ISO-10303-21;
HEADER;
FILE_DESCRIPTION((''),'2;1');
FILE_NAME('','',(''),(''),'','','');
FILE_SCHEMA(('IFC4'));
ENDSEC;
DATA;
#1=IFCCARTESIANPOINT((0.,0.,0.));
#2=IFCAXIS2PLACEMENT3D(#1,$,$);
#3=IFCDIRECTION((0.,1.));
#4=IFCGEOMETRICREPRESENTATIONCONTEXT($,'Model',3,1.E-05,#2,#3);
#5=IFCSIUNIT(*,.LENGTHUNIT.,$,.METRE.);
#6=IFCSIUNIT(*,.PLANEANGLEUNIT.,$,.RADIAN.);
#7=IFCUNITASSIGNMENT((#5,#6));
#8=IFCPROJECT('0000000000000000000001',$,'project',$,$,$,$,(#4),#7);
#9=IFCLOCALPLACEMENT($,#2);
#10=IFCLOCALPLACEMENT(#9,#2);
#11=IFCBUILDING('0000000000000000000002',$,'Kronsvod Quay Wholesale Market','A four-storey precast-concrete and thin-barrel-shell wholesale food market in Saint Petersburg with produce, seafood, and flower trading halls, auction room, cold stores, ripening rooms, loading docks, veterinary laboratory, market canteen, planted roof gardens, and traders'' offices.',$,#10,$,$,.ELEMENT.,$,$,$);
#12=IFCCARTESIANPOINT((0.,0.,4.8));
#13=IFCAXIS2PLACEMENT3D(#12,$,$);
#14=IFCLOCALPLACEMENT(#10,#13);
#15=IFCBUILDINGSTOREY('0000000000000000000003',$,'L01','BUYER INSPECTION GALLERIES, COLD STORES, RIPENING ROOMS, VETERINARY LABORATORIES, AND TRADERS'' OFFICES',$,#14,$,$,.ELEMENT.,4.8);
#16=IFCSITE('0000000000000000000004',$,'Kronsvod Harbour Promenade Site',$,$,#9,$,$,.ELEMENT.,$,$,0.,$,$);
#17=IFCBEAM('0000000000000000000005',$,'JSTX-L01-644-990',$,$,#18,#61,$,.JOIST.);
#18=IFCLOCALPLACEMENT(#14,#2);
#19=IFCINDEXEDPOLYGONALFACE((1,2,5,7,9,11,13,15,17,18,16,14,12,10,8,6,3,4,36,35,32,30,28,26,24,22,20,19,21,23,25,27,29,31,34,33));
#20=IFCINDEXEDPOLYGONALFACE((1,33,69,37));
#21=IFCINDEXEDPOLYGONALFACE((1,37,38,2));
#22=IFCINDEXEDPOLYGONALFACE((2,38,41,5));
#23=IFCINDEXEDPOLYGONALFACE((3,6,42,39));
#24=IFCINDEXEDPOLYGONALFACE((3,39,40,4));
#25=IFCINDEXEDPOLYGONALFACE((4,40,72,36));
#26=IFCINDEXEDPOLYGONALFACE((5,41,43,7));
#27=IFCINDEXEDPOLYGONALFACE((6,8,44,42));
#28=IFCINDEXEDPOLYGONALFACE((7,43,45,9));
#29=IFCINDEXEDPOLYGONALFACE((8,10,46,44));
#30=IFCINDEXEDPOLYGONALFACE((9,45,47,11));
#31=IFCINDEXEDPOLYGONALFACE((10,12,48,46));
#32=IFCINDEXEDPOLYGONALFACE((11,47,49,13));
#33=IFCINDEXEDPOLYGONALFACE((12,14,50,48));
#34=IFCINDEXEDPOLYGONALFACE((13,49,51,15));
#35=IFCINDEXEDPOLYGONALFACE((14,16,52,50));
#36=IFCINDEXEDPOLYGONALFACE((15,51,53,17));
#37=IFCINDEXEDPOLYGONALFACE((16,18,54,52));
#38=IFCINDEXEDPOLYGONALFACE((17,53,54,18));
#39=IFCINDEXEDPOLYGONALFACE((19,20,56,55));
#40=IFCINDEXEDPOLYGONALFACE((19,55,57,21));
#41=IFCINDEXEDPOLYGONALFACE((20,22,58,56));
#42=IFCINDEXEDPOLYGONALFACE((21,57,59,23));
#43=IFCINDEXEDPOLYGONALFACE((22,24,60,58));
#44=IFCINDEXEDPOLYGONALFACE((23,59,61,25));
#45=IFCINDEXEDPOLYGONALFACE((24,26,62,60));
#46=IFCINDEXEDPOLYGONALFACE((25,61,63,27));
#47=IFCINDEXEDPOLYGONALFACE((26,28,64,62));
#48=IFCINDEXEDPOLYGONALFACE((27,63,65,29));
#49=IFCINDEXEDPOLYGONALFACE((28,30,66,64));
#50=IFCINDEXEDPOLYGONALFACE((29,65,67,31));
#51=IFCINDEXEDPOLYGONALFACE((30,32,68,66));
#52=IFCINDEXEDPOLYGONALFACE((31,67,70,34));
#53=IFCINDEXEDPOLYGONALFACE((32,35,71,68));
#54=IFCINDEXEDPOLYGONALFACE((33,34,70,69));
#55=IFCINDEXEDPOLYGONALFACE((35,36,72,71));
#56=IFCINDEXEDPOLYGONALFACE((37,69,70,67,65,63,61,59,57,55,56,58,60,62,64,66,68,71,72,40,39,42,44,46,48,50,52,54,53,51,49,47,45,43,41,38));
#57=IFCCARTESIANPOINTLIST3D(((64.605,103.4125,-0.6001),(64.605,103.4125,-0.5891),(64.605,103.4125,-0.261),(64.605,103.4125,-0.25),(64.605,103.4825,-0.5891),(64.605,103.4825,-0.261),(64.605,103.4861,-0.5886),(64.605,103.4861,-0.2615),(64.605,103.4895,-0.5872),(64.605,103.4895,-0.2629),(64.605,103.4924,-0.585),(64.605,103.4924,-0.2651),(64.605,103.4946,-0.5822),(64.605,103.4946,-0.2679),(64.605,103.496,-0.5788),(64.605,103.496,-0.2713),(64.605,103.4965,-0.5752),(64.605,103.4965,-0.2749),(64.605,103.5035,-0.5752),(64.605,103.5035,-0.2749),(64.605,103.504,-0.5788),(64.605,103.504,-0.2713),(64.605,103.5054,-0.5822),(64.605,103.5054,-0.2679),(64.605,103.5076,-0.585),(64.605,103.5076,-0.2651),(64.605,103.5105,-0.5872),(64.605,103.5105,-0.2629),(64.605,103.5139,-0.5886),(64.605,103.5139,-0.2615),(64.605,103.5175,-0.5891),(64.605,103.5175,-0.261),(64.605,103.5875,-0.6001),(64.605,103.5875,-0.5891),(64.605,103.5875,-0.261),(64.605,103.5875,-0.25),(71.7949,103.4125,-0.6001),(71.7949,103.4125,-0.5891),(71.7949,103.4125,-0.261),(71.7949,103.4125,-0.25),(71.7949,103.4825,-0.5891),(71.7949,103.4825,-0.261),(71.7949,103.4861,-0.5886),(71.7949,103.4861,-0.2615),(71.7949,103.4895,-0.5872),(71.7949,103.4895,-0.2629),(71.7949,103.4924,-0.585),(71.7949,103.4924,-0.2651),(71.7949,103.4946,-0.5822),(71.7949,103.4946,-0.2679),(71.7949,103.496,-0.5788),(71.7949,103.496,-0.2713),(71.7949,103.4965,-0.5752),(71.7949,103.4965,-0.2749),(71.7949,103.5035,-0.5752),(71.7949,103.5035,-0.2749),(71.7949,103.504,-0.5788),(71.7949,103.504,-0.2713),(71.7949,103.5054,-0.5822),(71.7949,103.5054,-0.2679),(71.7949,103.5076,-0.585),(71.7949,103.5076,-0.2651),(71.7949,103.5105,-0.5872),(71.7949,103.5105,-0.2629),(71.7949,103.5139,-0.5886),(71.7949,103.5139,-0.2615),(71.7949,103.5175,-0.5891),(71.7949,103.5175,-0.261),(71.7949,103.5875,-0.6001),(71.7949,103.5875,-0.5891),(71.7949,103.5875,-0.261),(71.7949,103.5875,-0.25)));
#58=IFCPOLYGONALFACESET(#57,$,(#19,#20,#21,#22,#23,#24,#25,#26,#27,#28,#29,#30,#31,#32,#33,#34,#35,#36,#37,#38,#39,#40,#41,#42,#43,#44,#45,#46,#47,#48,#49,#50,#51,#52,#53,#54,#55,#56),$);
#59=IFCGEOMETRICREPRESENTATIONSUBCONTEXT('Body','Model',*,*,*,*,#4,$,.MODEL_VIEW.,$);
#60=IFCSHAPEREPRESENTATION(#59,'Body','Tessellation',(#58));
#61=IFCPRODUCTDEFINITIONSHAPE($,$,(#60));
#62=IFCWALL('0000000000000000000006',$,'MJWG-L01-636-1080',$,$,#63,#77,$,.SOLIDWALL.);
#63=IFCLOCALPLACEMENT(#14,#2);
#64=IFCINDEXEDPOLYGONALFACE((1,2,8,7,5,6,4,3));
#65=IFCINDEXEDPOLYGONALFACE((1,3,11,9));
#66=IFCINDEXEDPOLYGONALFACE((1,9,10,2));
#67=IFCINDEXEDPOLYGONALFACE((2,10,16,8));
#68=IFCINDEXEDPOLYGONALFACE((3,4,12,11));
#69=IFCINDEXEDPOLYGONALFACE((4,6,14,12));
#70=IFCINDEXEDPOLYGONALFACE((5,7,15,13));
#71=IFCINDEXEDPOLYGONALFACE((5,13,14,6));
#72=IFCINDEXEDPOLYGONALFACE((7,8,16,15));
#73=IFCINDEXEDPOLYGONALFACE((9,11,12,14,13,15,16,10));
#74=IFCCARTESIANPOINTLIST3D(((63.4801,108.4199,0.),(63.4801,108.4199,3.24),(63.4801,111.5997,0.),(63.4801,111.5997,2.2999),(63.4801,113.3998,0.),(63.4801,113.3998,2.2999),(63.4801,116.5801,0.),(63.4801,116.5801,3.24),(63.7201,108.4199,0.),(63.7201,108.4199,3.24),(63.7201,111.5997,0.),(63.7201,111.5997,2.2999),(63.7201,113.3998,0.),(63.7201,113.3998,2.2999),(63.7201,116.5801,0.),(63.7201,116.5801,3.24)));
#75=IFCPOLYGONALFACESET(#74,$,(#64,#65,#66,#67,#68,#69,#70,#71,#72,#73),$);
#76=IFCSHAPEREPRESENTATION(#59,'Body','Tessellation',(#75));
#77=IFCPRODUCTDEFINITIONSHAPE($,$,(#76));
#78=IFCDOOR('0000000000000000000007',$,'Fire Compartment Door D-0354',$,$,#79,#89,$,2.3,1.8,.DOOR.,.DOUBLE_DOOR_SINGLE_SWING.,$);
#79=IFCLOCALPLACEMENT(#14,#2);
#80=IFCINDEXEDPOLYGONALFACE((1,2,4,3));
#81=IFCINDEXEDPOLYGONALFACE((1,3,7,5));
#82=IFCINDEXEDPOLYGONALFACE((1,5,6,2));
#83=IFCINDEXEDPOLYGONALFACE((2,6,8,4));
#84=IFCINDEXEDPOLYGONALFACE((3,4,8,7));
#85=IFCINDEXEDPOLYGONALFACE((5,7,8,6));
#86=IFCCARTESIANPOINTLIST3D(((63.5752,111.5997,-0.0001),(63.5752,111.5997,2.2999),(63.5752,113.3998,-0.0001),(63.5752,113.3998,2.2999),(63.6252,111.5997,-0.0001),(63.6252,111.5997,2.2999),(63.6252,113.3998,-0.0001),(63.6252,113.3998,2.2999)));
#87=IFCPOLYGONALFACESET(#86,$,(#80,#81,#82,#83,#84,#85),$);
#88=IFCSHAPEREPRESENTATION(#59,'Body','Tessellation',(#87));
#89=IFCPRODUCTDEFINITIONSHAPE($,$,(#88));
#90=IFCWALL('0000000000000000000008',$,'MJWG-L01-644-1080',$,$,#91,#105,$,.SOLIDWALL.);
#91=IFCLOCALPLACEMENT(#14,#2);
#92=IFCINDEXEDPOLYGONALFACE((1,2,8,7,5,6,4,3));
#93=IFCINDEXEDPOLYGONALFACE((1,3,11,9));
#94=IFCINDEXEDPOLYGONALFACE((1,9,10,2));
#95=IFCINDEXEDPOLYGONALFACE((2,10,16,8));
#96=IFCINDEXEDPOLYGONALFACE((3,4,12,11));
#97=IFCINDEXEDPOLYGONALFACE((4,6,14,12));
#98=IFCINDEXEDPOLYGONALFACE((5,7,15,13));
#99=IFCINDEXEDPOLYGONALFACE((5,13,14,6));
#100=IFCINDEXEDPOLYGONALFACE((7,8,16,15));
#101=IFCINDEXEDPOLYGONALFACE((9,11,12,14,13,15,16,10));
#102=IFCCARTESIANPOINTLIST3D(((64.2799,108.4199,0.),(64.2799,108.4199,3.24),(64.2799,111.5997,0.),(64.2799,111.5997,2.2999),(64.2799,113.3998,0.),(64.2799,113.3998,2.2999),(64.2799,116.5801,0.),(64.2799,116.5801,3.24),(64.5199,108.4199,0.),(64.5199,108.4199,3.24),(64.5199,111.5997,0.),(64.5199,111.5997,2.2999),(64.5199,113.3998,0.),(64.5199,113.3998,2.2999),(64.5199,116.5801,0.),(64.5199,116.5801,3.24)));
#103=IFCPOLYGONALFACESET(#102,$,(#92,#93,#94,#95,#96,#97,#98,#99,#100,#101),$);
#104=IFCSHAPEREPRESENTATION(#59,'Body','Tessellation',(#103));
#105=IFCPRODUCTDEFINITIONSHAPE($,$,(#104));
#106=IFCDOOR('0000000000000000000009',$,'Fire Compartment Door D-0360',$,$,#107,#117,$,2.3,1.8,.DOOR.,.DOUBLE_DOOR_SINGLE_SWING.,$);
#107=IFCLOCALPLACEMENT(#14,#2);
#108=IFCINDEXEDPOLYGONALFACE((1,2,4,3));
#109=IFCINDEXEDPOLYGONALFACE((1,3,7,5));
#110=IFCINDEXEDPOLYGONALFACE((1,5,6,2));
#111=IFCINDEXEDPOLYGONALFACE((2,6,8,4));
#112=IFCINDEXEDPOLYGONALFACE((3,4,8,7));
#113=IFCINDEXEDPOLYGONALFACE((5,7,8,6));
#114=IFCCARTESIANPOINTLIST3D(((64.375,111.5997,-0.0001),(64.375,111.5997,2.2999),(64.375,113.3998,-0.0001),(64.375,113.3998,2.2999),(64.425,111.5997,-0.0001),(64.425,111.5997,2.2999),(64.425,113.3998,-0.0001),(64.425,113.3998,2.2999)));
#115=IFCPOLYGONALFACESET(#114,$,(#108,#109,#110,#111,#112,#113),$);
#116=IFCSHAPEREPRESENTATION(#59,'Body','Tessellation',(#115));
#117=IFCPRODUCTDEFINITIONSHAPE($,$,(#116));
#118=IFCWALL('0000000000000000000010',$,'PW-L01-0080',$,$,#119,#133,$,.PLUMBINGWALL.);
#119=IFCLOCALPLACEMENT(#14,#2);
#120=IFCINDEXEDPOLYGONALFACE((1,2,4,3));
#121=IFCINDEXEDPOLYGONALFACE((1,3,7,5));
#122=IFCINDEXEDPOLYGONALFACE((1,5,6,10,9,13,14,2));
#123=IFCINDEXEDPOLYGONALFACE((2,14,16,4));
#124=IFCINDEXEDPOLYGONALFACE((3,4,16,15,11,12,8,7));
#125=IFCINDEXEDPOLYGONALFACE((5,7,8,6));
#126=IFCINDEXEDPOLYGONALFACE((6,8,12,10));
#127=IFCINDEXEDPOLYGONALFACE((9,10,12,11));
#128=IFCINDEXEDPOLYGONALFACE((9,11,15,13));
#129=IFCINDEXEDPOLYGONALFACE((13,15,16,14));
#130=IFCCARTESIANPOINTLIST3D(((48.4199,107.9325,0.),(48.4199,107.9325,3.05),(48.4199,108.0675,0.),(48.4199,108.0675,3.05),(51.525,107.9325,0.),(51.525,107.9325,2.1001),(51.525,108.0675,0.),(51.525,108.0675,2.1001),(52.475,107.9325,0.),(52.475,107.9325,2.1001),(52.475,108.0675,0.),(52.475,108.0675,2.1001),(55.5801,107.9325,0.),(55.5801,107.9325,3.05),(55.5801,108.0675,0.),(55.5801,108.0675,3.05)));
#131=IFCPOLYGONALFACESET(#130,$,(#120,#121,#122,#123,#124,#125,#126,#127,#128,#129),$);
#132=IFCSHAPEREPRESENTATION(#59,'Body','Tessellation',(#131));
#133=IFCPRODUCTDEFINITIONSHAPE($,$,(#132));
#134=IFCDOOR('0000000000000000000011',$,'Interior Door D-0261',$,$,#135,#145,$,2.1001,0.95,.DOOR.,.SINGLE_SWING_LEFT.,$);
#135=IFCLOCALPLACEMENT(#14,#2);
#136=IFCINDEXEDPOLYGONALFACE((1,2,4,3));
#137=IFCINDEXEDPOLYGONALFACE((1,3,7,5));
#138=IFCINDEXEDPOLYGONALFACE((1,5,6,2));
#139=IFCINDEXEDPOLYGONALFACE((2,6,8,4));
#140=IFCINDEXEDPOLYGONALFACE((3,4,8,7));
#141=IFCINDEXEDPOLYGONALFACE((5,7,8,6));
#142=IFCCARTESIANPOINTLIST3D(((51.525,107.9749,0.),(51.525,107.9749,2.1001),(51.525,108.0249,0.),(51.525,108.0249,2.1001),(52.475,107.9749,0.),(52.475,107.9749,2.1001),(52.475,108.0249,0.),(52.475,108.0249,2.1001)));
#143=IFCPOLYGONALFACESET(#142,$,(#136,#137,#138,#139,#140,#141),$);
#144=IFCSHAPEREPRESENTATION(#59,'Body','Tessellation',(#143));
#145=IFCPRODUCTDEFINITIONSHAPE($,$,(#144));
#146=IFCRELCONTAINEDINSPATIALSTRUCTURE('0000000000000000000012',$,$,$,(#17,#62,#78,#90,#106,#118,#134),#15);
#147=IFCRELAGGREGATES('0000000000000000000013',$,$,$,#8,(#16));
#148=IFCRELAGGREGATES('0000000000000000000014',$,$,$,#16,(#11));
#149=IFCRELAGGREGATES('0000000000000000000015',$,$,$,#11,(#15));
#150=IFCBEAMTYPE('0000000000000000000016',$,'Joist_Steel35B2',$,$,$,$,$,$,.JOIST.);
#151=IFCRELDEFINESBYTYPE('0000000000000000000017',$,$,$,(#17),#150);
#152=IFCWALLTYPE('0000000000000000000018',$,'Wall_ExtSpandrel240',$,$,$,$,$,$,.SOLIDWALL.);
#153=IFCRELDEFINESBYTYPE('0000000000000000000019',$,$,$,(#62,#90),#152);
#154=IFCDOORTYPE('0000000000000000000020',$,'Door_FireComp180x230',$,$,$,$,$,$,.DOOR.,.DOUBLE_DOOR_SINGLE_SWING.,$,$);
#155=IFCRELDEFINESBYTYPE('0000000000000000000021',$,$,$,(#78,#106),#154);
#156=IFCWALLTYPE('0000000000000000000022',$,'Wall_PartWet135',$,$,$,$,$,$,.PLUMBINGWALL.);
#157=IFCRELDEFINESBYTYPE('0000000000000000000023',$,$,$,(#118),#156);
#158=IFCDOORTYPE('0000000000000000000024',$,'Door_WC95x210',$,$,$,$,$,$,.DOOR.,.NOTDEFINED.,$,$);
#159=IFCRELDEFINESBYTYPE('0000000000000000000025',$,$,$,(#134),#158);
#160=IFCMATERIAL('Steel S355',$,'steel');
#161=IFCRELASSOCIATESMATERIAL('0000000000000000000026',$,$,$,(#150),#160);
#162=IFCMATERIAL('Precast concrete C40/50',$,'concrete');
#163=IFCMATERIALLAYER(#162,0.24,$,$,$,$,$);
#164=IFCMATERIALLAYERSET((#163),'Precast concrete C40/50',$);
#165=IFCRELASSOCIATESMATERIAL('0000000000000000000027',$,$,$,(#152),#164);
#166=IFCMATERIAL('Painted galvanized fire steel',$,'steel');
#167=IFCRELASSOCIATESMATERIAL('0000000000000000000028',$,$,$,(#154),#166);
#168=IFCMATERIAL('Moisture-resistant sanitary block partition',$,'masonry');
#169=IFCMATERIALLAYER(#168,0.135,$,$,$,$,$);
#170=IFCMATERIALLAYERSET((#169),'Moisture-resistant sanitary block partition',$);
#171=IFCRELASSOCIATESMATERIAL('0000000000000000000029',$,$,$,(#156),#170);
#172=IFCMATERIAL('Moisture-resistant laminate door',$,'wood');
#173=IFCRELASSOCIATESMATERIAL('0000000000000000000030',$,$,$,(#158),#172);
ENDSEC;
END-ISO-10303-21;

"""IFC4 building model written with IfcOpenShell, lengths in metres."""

from ifc_helpers import new_model, si_unit, direction, frame, frame_2d, origin, origin_2d, place, context, subcontext, project, spatial, rectangle, i_section, extrude, material, layer, layer_set, material_profile, profile_set, type_object, element, fill, save


model = new_model("IFC4")

# Units and contexts
model_context = context("Model", 3, precision=1e-05, world=origin(), true_north=direction((0.0, 1.0)))
body_context = subcontext(model_context, "Body", "Model", "MODEL_VIEW")
ifc_project = project(units=[si_unit("LENGTHUNIT", "METRE"), si_unit("PLANEANGLEUNIT", "RADIAN")], contexts=[model_context])

# Site, building, storey
site_placement = place(None, origin())
site = spatial("IfcSite", under=ifc_project, at=site_placement, Name="Kronsvod Harbour Promenade Site", CompositionType="ELEMENT", RefElevation=0.0)
building_placement = place(site_placement, origin())
building = spatial("IfcBuilding", under=site, at=building_placement, Name="Kronsvod Quay Wholesale Market", Description="A four-storey precast-concrete and thin-barrel-shell wholesale food market in Saint Petersburg with produce, seafood, and flower trading halls, auction room, cold stores, ripening rooms, loading docks, veterinary laboratory, market canteen, planted roof gardens, and traders' offices.", CompositionType="ELEMENT")
storey_placement = place(building_placement, frame((0.0, 0.0, 4.8)))
storey = spatial("IfcBuildingStorey", under=building, at=storey_placement, Name="L01", Description="BUYER INSPECTION GALLERIES, COLD STORES, RIPENING ROOMS, VETERINARY LABORATORIES, AND TRADERS' OFFICES", CompositionType="ELEMENT", Elevation=4.8)

# Beam
ifc_material_1 = material(Name="Steel S355", Category="steel")
ifc_material_profile_1 = material_profile(ifc_material_1, i_section(OverallWidth=0.175, OverallDepth=0.3501, WebThickness=0.0071, FlangeThickness=0.011, FilletRadius=0.0139, at=origin_2d()), Name="35B2")
ifc_profile_set_1 = profile_set([ifc_material_profile_1], Name="Steel S355")
beam_type_1 = type_object("IfcBeamType", Name="Joist_Steel35B2", PredefinedType="JOIST", material=ifc_profile_set_1)
beam_1_placement = place(storey_placement, frame((64.605, 103.5, -0.425), z_axis=(1.0, 0.0, 0.0), x_axis=(0.0, 1.0, 0.0)))
element("IfcBeam", 1, at=beam_1_placement, inside=storey, type_object=beam_type_1, Name="JSTX-L01-644-990", PredefinedType="JOIST", context=body_context, shape_type="SweptSolid", body=[
    extrude(i_section(OverallWidth=0.175, OverallDepth=0.3501, WebThickness=0.0071, FlangeThickness=0.011, FilletRadius=0.0139, at=origin_2d()), origin(), (0.0, 0.0, 1.0), 7.1899),
])

# Walls, openings, doors
ifc_material_2 = material(Name="Precast concrete C40/50", Category="concrete")
ifc_layer_1 = layer(ifc_material_2, 0.24)
ifc_layer_set_1 = layer_set([ifc_layer_1], Name="Precast concrete C40/50")
wall_type_1 = type_object("IfcWallType", Name="Wall_ExtSpandrel240", PredefinedType="SOLIDWALL", material=ifc_layer_set_1)
wall_1_placement = place(storey_placement, frame((63.6001, 108.4199, 0.0), z_axis=(0.0, 0.0, 1.0), x_axis=(0.0, 1.0, 0.0)))
wall_1 = element("IfcWall", 2, at=wall_1_placement, inside=storey, type_object=wall_type_1, Name="MJWG-L01-636-1080", PredefinedType="SOLIDWALL", context=body_context, shape_type="SweptSolid", body=[
    extrude(rectangle(XDim=8.1602, YDim=0.24, at=frame_2d((4.0801, 0.0))), origin(), (0.0, 0.0, 1.0), 3.24),
])
opening_1_placement = place(wall_1_placement, frame((3.1799, 0.0, 0.0)))
opening_1 = element("IfcOpeningElement", 3, at=opening_1_placement, cuts=wall_1, PredefinedType="OPENING", context=body_context, shape_type="SweptSolid", body=[
    extrude(rectangle(XDim=1.8, YDim=2.3, at=frame_2d((0.8999, 1.1499))), frame((0.0, 0.1299, 0.0), z_axis=(0.0, -1.0, 0.0), x_axis=(1.0, 0.0, 0.0)), (0.0, 0.0, 1.0), 0.26),
])
ifc_material_3 = material(Name="Painted galvanized fire steel", Category="steel")
door_type_1 = type_object("IfcDoorType", Name="Door_FireComp180x230", OperationType="DOUBLE_DOOR_SINGLE_SWING", PredefinedType="DOOR", material=ifc_material_3)
door_1_placement = place(opening_1_placement, origin())
door_1 = element("IfcDoor", 4, at=door_1_placement, inside=storey, type_object=door_type_1, Name="Fire Compartment Door D-0354", OperationType="DOUBLE_DOOR_SINGLE_SWING", OverallHeight=2.3, OverallWidth=1.8, PredefinedType="DOOR", context=body_context, shape_type="SweptSolid", body=[
    extrude(rectangle(XDim=1.8, YDim=2.3, at=frame_2d((0.8999, 1.1499))), frame((0.0, 0.0249, 0.0), z_axis=(0.0, -1.0, 0.0), x_axis=(1.0, 0.0, 0.0)), (0.0, 0.0, 1.0), 0.05),
])
fill(opening_1, door_1)
wall_2_placement = place(storey_placement, frame((64.3999, 108.4199, 0.0), z_axis=(0.0, 0.0, 1.0), x_axis=(0.0, 1.0, 0.0)))
wall_2 = element("IfcWall", 5, at=wall_2_placement, inside=storey, type_object=wall_type_1, Name="MJWG-L01-644-1080", PredefinedType="SOLIDWALL", context=body_context, shape_type="SweptSolid", body=[
    extrude(rectangle(XDim=8.1602, YDim=0.24, at=frame_2d((4.0801, 0.0))), origin(), (0.0, 0.0, 1.0), 3.24),
])
opening_2_placement = place(wall_2_placement, frame((3.1799, 0.0, 0.0)))
opening_2 = element("IfcOpeningElement", 6, at=opening_2_placement, cuts=wall_2, PredefinedType="OPENING", context=body_context, shape_type="SweptSolid", body=[
    extrude(rectangle(XDim=1.8, YDim=2.3, at=frame_2d((0.8999, 1.1499))), frame((0.0, 0.1299, 0.0), z_axis=(0.0, -1.0, 0.0), x_axis=(1.0, 0.0, 0.0)), (0.0, 0.0, 1.0), 0.26),
])
door_2_placement = place(opening_2_placement, origin())
door_2 = element("IfcDoor", 7, at=door_2_placement, inside=storey, type_object=door_type_1, Name="Fire Compartment Door D-0360", OperationType="DOUBLE_DOOR_SINGLE_SWING", OverallHeight=2.3, OverallWidth=1.8, PredefinedType="DOOR", context=body_context, shape_type="SweptSolid", body=[
    extrude(rectangle(XDim=1.8, YDim=2.3, at=frame_2d((0.8999, 1.1499))), frame((0.0, 0.0249, 0.0), z_axis=(0.0, -1.0, 0.0), x_axis=(1.0, 0.0, 0.0)), (0.0, 0.0, 1.0), 0.05),
])
fill(opening_2, door_2)
ifc_material_4 = material(Name="Moisture-resistant sanitary block partition", Category="masonry")
ifc_layer_2 = layer(ifc_material_4, 0.135)
ifc_layer_set_2 = layer_set([ifc_layer_2], Name="Moisture-resistant sanitary block partition")
wall_type_2 = type_object("IfcWallType", Name="Wall_PartWet135", PredefinedType="PLUMBINGWALL", material=ifc_layer_set_2)
wall_3_placement = place(storey_placement, frame((48.4199, 108.0, 0.0), z_axis=(0.0, 0.0, 1.0), x_axis=(1.0, 0.0, 0.0)))
wall_3 = element("IfcWall", 8, at=wall_3_placement, inside=storey, type_object=wall_type_2, Name="PW-L01-0080", PredefinedType="PLUMBINGWALL", context=body_context, shape_type="SweptSolid", body=[
    extrude(rectangle(XDim=7.1602, YDim=0.135, at=frame_2d((3.5801, 0.0))), origin(), (0.0, 0.0, 1.0), 3.05),
])
opening_3_placement = place(wall_3_placement, frame((3.105, 0.0, 0.0)))
opening_3 = element("IfcOpeningElement", 9, at=opening_3_placement, cuts=wall_3, PredefinedType="OPENING", context=body_context, shape_type="SweptSolid", body=[
    extrude(rectangle(XDim=0.95, YDim=2.1001, at=frame_2d((0.4751, 1.05))), frame((0.0, 0.0776, 0.0), z_axis=(0.0, -1.0, 0.0), x_axis=(1.0, 0.0, 0.0)), (0.0, 0.0, 1.0), 0.155),
])
ifc_material_5 = material(Name="Moisture-resistant laminate door", Category="wood")
door_type_2 = type_object("IfcDoorType", Name="Door_WC95x210", OperationType="NOTDEFINED", PredefinedType="DOOR", material=ifc_material_5)
door_3_placement = place(opening_3_placement, origin())
door_3 = element("IfcDoor", 10, at=door_3_placement, inside=storey, type_object=door_type_2, Name="Interior Door D-0261", OperationType="SINGLE_SWING_LEFT", OverallHeight=2.1001, OverallWidth=0.95, PredefinedType="DOOR", context=body_context, shape_type="SweptSolid", body=[
    extrude(rectangle(XDim=0.95, YDim=2.1001, at=frame_2d((0.4751, 1.05))), frame((0.0, 0.0249, 0.0), z_axis=(0.0, -1.0, 0.0), x_axis=(1.0, 0.0, 0.0)), (0.0, 0.0, 1.0), 0.05),
])
fill(opening_3, door_3)

save(model, "model.ifc")
